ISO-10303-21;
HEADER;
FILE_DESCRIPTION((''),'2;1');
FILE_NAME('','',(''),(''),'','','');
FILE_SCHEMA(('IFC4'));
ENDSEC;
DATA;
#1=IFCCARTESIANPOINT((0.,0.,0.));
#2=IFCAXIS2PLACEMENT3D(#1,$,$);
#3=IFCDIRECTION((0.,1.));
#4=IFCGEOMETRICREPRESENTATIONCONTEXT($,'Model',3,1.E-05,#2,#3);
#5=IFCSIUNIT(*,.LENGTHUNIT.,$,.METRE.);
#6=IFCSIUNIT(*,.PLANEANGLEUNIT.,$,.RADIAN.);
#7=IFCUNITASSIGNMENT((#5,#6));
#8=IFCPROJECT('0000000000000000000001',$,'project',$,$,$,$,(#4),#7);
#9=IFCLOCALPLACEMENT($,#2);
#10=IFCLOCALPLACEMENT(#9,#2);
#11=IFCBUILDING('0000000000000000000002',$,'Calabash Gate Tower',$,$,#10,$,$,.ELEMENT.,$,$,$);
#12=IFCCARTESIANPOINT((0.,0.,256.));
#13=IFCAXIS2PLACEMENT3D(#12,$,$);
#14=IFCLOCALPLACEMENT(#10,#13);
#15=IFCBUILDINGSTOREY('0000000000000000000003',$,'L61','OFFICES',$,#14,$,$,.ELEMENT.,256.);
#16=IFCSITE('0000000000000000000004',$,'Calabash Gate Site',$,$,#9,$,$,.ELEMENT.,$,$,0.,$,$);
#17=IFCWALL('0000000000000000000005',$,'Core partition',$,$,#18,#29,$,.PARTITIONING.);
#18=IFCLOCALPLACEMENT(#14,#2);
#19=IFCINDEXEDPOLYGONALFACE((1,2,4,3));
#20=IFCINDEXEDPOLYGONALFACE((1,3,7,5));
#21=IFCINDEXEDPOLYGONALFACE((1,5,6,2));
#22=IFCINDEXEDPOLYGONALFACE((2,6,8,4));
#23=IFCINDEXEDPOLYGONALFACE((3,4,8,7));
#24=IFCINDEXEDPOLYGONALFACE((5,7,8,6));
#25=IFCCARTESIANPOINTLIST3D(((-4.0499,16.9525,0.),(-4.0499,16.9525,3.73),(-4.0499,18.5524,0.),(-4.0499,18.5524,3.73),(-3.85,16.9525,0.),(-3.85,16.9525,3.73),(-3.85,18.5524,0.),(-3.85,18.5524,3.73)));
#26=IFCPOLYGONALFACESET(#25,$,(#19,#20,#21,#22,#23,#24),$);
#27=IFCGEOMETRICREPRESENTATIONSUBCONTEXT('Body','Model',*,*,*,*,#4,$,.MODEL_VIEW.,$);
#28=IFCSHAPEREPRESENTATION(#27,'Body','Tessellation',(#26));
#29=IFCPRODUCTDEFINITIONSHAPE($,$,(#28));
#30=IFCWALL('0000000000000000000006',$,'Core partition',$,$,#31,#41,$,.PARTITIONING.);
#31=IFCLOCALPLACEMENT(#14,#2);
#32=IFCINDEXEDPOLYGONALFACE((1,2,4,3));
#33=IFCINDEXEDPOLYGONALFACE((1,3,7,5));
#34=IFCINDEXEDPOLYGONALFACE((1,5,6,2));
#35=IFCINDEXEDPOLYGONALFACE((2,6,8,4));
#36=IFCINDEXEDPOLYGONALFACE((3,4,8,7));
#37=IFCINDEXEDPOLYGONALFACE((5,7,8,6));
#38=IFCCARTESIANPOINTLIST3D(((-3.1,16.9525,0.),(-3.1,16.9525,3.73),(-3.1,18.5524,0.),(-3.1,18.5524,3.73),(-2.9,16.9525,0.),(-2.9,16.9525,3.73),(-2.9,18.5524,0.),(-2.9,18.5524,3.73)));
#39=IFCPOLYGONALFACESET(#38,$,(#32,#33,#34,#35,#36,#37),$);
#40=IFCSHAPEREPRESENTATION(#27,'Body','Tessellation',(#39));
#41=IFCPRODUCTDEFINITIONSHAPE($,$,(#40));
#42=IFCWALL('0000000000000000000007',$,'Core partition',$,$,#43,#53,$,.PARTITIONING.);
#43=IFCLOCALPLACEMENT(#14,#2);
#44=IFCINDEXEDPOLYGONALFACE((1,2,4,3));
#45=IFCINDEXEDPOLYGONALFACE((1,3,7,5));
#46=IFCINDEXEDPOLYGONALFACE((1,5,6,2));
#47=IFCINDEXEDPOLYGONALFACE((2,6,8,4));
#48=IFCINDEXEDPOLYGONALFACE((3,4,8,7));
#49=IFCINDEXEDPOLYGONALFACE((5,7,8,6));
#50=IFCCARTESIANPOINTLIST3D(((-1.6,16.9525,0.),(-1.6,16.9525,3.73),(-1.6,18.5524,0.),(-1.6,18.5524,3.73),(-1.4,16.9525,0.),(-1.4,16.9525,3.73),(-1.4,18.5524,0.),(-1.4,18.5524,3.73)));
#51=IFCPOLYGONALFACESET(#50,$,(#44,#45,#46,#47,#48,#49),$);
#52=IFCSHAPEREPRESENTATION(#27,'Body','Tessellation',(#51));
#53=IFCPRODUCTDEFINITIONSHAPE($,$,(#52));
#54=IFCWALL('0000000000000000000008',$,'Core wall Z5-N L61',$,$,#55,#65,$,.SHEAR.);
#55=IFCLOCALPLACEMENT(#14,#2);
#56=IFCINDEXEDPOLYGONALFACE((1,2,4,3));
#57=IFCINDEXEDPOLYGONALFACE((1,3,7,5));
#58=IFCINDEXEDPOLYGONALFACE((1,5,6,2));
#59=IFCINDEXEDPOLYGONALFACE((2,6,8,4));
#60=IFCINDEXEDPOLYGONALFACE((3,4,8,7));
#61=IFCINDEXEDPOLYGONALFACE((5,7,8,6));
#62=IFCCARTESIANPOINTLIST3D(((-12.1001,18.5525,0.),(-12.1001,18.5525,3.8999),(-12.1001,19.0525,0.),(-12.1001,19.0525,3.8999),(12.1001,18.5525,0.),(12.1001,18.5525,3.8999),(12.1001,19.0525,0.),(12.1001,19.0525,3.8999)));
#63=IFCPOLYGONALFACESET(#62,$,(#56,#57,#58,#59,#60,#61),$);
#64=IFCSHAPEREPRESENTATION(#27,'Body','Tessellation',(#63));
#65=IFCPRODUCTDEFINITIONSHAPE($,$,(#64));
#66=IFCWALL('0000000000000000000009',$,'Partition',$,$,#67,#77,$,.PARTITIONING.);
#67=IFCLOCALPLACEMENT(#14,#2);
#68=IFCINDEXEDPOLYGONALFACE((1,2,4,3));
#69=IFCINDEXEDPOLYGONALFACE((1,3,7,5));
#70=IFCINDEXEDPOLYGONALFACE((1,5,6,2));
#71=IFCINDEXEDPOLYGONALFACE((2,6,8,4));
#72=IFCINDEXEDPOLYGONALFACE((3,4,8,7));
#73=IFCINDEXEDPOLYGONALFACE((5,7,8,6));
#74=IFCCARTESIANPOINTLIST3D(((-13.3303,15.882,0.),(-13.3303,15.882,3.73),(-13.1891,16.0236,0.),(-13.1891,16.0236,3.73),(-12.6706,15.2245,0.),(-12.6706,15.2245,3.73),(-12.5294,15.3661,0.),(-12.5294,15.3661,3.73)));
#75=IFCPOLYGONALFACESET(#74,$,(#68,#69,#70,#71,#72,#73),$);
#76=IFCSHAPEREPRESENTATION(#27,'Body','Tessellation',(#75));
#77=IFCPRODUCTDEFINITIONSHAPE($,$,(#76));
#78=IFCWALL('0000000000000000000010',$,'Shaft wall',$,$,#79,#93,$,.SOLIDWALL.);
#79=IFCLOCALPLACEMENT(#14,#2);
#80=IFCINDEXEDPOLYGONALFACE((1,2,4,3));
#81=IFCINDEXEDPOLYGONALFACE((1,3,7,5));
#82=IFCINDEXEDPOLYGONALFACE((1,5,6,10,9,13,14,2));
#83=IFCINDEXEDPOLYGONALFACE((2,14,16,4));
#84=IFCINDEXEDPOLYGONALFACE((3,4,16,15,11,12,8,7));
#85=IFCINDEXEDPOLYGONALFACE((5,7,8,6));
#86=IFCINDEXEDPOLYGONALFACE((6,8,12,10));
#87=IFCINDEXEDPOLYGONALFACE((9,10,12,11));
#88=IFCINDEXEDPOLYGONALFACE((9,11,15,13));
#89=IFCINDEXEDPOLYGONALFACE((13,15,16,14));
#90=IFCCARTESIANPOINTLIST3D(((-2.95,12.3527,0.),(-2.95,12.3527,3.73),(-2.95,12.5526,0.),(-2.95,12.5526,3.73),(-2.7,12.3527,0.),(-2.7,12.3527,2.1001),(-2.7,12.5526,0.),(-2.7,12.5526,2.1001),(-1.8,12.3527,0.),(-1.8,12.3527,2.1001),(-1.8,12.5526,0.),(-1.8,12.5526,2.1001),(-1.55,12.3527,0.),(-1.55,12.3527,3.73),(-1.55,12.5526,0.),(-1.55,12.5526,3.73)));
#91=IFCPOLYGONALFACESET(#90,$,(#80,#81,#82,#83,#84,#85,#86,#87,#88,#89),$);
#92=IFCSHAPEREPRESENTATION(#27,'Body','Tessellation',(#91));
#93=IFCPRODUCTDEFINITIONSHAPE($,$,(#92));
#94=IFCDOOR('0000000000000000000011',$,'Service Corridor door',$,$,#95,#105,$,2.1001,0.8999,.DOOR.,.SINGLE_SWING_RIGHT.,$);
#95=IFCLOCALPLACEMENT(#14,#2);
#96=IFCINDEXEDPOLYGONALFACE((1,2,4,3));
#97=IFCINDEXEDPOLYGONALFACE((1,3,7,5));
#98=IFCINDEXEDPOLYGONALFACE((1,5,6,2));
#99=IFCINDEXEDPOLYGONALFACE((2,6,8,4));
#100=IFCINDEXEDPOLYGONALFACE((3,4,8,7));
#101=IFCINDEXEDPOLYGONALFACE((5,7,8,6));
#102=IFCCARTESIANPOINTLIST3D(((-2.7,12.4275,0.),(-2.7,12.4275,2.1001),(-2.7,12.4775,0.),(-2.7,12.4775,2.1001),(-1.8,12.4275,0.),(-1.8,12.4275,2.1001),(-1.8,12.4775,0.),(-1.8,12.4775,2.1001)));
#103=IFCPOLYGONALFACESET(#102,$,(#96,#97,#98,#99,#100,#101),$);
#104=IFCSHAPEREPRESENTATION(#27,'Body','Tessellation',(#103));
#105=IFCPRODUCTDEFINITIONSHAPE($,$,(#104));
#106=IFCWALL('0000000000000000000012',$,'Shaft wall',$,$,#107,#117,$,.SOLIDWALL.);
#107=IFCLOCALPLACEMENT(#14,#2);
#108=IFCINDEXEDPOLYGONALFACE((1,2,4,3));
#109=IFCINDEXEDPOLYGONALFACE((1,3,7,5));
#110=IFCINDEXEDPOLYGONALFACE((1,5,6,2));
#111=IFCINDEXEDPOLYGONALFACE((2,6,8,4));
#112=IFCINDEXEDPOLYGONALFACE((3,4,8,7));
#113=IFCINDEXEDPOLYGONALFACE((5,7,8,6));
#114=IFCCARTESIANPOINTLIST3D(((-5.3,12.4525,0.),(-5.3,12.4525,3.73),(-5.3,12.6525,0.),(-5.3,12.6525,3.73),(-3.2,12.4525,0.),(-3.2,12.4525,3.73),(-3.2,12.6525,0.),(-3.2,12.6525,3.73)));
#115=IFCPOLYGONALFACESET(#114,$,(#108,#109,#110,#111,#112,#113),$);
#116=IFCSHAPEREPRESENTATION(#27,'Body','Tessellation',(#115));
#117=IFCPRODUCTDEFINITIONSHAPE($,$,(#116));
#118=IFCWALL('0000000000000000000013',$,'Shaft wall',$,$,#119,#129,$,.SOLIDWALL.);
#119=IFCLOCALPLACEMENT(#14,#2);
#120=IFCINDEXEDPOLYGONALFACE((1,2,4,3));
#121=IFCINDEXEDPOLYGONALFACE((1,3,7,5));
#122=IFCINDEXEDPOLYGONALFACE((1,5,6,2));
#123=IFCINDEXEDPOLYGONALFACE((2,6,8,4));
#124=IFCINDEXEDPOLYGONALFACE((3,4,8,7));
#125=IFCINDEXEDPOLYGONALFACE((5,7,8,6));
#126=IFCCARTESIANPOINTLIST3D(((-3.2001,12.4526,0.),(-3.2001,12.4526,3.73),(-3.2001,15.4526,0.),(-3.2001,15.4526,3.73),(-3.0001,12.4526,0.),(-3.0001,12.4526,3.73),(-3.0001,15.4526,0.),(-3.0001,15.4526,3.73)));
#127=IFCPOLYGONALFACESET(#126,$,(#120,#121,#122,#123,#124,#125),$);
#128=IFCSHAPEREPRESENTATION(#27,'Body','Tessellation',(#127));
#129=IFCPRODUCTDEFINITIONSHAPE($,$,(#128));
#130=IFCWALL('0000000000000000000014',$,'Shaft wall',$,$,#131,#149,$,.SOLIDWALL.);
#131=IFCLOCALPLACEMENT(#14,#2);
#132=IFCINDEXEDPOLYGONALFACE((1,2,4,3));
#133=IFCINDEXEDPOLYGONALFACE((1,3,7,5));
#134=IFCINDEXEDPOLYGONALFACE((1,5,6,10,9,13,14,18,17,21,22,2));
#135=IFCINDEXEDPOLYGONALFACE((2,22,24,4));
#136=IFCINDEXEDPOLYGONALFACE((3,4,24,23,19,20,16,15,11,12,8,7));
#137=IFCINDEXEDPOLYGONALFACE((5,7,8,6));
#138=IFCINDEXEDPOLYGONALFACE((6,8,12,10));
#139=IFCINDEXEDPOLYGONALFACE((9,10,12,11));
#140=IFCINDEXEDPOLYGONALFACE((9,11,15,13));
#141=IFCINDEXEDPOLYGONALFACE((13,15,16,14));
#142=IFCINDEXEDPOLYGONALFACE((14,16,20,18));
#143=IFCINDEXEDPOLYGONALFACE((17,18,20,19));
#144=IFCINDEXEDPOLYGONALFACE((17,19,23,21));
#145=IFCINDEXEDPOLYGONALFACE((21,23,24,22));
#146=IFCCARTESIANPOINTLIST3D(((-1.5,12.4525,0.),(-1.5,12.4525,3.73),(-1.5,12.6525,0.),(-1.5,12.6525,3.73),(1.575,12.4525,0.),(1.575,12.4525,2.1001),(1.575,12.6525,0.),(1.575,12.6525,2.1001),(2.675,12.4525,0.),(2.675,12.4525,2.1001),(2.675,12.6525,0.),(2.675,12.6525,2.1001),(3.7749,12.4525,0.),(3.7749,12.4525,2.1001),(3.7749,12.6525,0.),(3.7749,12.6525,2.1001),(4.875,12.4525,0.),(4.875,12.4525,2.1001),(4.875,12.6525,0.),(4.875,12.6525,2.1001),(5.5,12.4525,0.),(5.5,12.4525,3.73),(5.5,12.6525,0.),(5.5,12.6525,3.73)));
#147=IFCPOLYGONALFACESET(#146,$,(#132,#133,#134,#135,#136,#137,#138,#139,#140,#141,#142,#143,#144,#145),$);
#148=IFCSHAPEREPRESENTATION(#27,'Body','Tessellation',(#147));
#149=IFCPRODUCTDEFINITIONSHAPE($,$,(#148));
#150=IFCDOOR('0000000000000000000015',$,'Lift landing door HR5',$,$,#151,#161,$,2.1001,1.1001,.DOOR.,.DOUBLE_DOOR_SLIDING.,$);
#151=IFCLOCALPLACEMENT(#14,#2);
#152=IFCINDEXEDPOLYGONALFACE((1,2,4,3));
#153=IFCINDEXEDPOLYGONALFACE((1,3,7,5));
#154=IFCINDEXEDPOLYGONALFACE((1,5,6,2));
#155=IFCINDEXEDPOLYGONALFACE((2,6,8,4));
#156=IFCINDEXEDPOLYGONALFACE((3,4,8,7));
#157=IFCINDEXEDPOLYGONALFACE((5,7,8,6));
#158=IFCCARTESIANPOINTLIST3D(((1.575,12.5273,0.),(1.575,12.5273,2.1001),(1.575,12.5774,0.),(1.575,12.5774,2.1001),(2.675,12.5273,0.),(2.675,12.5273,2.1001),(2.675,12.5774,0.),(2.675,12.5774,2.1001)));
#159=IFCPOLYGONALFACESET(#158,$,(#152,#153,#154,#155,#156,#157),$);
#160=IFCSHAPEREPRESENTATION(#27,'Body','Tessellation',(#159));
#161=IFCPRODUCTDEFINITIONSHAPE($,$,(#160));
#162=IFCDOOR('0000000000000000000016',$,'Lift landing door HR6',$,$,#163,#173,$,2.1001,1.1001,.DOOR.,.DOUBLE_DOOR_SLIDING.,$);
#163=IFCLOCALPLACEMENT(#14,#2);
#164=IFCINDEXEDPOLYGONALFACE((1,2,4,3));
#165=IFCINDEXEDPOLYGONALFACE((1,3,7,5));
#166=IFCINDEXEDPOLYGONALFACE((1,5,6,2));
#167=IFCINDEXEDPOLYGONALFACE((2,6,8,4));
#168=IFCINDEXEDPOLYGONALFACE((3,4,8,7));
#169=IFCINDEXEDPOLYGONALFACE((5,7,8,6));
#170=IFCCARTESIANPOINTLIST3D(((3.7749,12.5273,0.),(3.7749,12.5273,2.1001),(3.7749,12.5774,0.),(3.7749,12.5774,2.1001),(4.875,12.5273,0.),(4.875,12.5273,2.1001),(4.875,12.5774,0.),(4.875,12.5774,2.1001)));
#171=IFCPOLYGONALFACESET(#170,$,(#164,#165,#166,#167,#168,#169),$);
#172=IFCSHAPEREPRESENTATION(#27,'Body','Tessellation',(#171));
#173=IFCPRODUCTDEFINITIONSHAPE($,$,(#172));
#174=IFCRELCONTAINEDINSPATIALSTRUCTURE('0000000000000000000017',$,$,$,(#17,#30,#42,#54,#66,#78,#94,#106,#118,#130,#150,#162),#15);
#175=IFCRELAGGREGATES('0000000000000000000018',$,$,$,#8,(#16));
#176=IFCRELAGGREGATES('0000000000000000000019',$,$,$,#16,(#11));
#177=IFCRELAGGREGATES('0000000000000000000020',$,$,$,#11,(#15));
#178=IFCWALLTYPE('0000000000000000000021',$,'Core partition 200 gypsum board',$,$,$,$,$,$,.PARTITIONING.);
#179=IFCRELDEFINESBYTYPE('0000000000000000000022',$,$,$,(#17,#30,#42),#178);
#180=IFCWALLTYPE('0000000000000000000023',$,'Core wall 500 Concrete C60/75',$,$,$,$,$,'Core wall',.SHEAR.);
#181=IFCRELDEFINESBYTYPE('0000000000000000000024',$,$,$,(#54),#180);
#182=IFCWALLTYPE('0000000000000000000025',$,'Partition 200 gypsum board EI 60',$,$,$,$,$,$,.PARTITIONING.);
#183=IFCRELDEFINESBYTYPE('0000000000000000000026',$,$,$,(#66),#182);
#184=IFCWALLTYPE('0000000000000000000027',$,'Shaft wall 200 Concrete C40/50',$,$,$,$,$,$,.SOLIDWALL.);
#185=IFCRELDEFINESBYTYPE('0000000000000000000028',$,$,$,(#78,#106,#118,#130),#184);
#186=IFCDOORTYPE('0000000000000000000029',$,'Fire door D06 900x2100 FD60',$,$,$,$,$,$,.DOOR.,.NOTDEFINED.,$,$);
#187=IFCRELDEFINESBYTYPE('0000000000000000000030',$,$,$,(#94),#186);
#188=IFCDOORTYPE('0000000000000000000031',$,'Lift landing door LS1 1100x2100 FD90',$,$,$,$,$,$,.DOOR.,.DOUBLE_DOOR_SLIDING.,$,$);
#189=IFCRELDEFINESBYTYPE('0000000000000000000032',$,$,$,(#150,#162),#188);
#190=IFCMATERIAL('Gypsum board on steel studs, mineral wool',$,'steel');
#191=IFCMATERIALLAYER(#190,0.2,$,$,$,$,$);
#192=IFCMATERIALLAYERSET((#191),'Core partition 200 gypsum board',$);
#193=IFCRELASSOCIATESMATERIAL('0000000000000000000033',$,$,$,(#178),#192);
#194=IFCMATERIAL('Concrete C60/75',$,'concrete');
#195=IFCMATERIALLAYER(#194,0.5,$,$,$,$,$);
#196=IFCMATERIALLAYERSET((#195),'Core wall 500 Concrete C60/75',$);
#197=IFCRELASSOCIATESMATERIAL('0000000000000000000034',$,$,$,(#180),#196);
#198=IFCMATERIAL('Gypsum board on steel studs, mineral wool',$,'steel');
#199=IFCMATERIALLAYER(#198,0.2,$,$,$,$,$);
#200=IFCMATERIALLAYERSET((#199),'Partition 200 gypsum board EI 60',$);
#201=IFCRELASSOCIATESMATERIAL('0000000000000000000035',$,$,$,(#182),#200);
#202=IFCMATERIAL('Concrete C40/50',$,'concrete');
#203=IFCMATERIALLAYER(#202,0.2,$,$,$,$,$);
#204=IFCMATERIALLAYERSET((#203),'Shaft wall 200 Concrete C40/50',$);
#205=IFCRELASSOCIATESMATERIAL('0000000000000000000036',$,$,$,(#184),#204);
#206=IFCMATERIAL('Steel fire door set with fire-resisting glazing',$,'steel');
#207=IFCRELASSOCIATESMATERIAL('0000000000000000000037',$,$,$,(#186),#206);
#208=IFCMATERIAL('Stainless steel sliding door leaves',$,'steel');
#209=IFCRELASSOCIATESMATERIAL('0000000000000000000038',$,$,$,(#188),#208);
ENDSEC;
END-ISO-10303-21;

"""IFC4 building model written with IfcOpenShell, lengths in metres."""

from ifc_helpers import new_model, si_unit, direction, frame, frame_2d, origin, place, context, subcontext, project, spatial, rectangle, extrude, material, layer, layer_set, type_object, element, fill, save


model = new_model("IFC4")

# Units and contexts
model_context = context("Model", 3, precision=1e-05, world=origin(), true_north=direction((0.0, 1.0)))
body_context = subcontext(model_context, "Body", "Model", "MODEL_VIEW")
ifc_project = project(units=[si_unit("LENGTHUNIT", "METRE"), si_unit("PLANEANGLEUNIT", "RADIAN")], contexts=[model_context])

# Site, building, storey
site_placement = place(None, origin())
site = spatial("IfcSite", under=ifc_project, at=site_placement, Name="Calabash Gate Site", CompositionType="ELEMENT", RefElevation=0.0)
building_placement = place(site_placement, origin())
building = spatial("IfcBuilding", under=site, at=building_placement, Name="Calabash Gate Tower", CompositionType="ELEMENT")
storey_placement = place(building_placement, frame((0.0, 0.0, 256.0)))
storey = spatial("IfcBuildingStorey", under=building, at=storey_placement, Name="L61", Description="OFFICES", CompositionType="ELEMENT", Elevation=256.0)

# Walls
ifc_material_1 = material(Name="Gypsum board on steel studs, mineral wool", Category="steel")
ifc_layer_1 = layer(ifc_material_1, 0.2)
ifc_layer_set_1 = layer_set([ifc_layer_1], Name="Core partition 200 gypsum board")
wall_type_1 = type_object("IfcWallType", Name="Core partition 200 gypsum board", PredefinedType="PARTITIONING", material=ifc_layer_set_1)
for number, where, z_axis, x_axis, name in (
    (1, (-3.95, 16.9526, 0.0), (0.0, 0.0, 1.0), (0.0, 1.0, 0.0), "Core partition"),
    (2, (-3.0, 16.9526, 0.0), (0.0, 0.0, 1.0), (0.0, 1.0, 0.0), "Core partition"),
    (3, (-1.5, 16.9526, 0.0), (0.0, 0.0, 1.0), (0.0, 1.0, 0.0), "Core partition"),
):
    element("IfcWall", number, at=place(storey_placement, frame(where, z_axis=z_axis, x_axis=x_axis)), inside=storey, type_object=wall_type_1, Name=name, PredefinedType="PARTITIONING", context=body_context, shape_type="SweptSolid", body=[
        extrude(rectangle(XDim=1.5999, YDim=0.2, at=frame_2d((0.7998, 0.0))), origin(), (0.0, 0.0, 1.0), 3.73),
    ])
ifc_material_2 = material(Name="Concrete C60/75", Category="concrete")
ifc_layer_2 = layer(ifc_material_2, 0.5)
ifc_layer_set_2 = layer_set([ifc_layer_2], Name="Core wall 500 Concrete C60/75")
wall_type_2 = type_object("IfcWallType", Name="Core wall 500 Concrete C60/75", ElementType="Core wall", PredefinedType="SHEAR", material=ifc_layer_set_2)
wall_1_placement = place(storey_placement, frame((-12.1001, 18.8025, 0.0), z_axis=(0.0, 0.0, 1.0), x_axis=(1.0, 0.0, 0.0)))
element("IfcWall", 4, at=wall_1_placement, inside=storey, type_object=wall_type_2, Name="Core wall Z5-N L61", PredefinedType="SHEAR", context=body_context, shape_type="SweptSolid", body=[
    extrude(rectangle(XDim=24.2002, YDim=0.5, at=frame_2d((12.1001, 0.0))), origin(), (0.0, 0.0, 1.0), 3.8999),
])
ifc_material_3 = material(Name="Gypsum board on steel studs, mineral wool", Category="steel")
ifc_layer_3 = layer(ifc_material_3, 0.2)
ifc_layer_set_3 = layer_set([ifc_layer_3], Name="Partition 200 gypsum board EI 60")
wall_type_3 = type_object("IfcWallType", Name="Partition 200 gypsum board EI 60", PredefinedType="PARTITIONING", material=ifc_layer_set_3)
wall_2_placement = place(storey_placement, frame((-13.2598, 15.9529, 0.0), z_axis=(0.0, 0.0, 1.0), x_axis=(0.708285, -0.705926, 0.0)))
element("IfcWall", 5, at=wall_2_placement, inside=storey, type_object=wall_type_3, Name="Partition", PredefinedType="PARTITIONING", context=body_context, shape_type="SweptSolid", body=[
    extrude(rectangle(XDim=0.9314, YDim=0.2, at=frame_2d((0.4658, 0.0))), origin(), (0.0, 0.0, 1.0), 3.73),
])

# Wall, opening, door
ifc_material_4 = material(Name="Concrete C40/50", Category="concrete")
ifc_layer_4 = layer(ifc_material_4, 0.2)
ifc_layer_set_4 = layer_set([ifc_layer_4], Name="Shaft wall 200 Concrete C40/50")
wall_type_4 = type_object("IfcWallType", Name="Shaft wall 200 Concrete C40/50", PredefinedType="SOLIDWALL", material=ifc_layer_set_4)
wall_3_placement = place(storey_placement, frame((-2.95, 12.4526, 0.0), z_axis=(0.0, 0.0, 1.0), x_axis=(1.0, 0.0, 0.0)))
wall_3 = element("IfcWall", 6, at=wall_3_placement, inside=storey, type_object=wall_type_4, Name="Shaft wall", PredefinedType="SOLIDWALL", context=body_context, shape_type="SweptSolid", body=[
    extrude(rectangle(XDim=1.3999, YDim=0.2, at=frame_2d((0.7, 0.0))), origin(), (0.0, 0.0, 1.0), 3.73),
])
opening_1_placement = place(wall_3_placement, frame((0.25, 0.0, 0.0)))
opening_1 = element("IfcOpeningElement", 7, at=opening_1_placement, cuts=wall_3, PredefinedType="OPENING", context=body_context, shape_type="SweptSolid", body=[
    extrude(rectangle(XDim=0.8999, YDim=2.1001, at=frame_2d((0.45, 1.05))), frame((0.0, 0.1099, 0.0), z_axis=(0.0, -1.0, 0.0), x_axis=(1.0, 0.0, 0.0)), (0.0, 0.0, 1.0), 0.22),
])
ifc_material_5 = material(Name="Steel fire door set with fire-resisting glazing", Category="steel")
door_type_1 = type_object("IfcDoorType", Name="Fire door D06 900x2100 FD60", OperationType="NOTDEFINED", PredefinedType="DOOR", material=ifc_material_5)
door_1_placement = place(opening_1_placement, origin())
door_1 = element("IfcDoor", 8, at=door_1_placement, inside=storey, type_object=door_type_1, Name="Service Corridor door", OperationType="SINGLE_SWING_RIGHT", OverallHeight=2.1001, OverallWidth=0.8999, PredefinedType="DOOR", context=body_context, shape_type="SweptSolid", body=[
    extrude(rectangle(XDim=0.8999, YDim=2.1001, at=frame_2d((0.45, 1.05))), frame((0.0, 0.0249, 0.0), z_axis=(0.0, -1.0, 0.0), x_axis=(1.0, 0.0, 0.0)), (0.0, 0.0, 1.0), 0.05),
])
fill(opening_1, door_1)

# Walls
wall_4_placement = place(storey_placement, frame((-5.3, 12.5525, 0.0), z_axis=(0.0, 0.0, 1.0), x_axis=(1.0, 0.0, 0.0)))
element("IfcWall", 9, at=wall_4_placement, inside=storey, type_object=wall_type_4, Name="Shaft wall", PredefinedType="SOLIDWALL", context=body_context, shape_type="SweptSolid", body=[
    extrude(rectangle(XDim=2.1001, YDim=0.2, at=frame_2d((1.05, 0.0))), origin(), (0.0, 0.0, 1.0), 3.73),
])
wall_5_placement = place(storey_placement, frame((-3.1001, 12.4526, 0.0), z_axis=(0.0, 0.0, 1.0), x_axis=(0.0, 1.0, 0.0)))
element("IfcWall", 10, at=wall_5_placement, inside=storey, type_object=wall_type_4, Name="Shaft wall", PredefinedType="SOLIDWALL", context=body_context, shape_type="SweptSolid", body=[
    extrude(rectangle(XDim=3.0, YDim=0.2, at=frame_2d((1.5, 0.0))), origin(), (0.0, 0.0, 1.0), 3.73),
])

# Wall, openings, doors
wall_6_placement = place(storey_placement, frame((-1.5, 12.5525, 0.0), z_axis=(0.0, 0.0, 1.0), x_axis=(1.0, 0.0, 0.0)))
wall_6 = element("IfcWall", 11, at=wall_6_placement, inside=storey, type_object=wall_type_4, Name="Shaft wall", PredefinedType="SOLIDWALL", context=body_context, shape_type="SweptSolid", body=[
    extrude(rectangle(XDim=7.0, YDim=0.2, at=frame_2d((3.5, 0.0))), origin(), (0.0, 0.0, 1.0), 3.73),
])
opening_2_placement = place(wall_6_placement, frame((3.075, 0.0, 0.0)))
opening_2 = element("IfcOpeningElement", 12, at=opening_2_placement, cuts=wall_6, PredefinedType="OPENING", context=body_context, shape_type="SweptSolid", body=[
    extrude(rectangle(XDim=1.1001, YDim=2.1001, at=frame_2d((0.55, 1.05))), frame((0.0, 0.1099, 0.0), z_axis=(0.0, -1.0, 0.0), x_axis=(1.0, 0.0, 0.0)), (0.0, 0.0, 1.0), 0.22),
])
opening_3_placement = place(wall_6_placement, frame((5.2749, 0.0, 0.0)))
opening_3 = element("IfcOpeningElement", 13, at=opening_3_placement, cuts=wall_6, PredefinedType="OPENING", context=body_context, shape_type="SweptSolid", body=[
    extrude(rectangle(XDim=1.1001, YDim=2.1001, at=frame_2d((0.55, 1.05))), frame((0.0, 0.1099, 0.0), z_axis=(0.0, -1.0, 0.0), x_axis=(1.0, 0.0, 0.0)), (0.0, 0.0, 1.0), 0.22),
])
ifc_material_6 = material(Name="Stainless steel sliding door leaves", Category="steel")
door_type_2 = type_object("IfcDoorType", Name="Lift landing door LS1 1100x2100 FD90", OperationType="DOUBLE_DOOR_SLIDING", PredefinedType="DOOR", material=ifc_material_6)
door_2_placement = place(opening_2_placement, origin())
door_2 = element("IfcDoor", 14, at=door_2_placement, inside=storey, type_object=door_type_2, Name="Lift landing door HR5", OperationType="DOUBLE_DOOR_SLIDING", OverallHeight=2.1001, OverallWidth=1.1001, PredefinedType="DOOR", context=body_context, shape_type="SweptSolid", body=[
    extrude(rectangle(XDim=1.1001, YDim=2.1001, at=frame_2d((0.55, 1.05))), frame((0.0, 0.0249, 0.0), z_axis=(0.0, -1.0, 0.0), x_axis=(1.0, 0.0, 0.0)), (0.0, 0.0, 1.0), 0.05),
])
fill(opening_2, door_2)
door_3_placement = place(opening_3_placement, origin())
door_3 = element("IfcDoor", 15, at=door_3_placement, inside=storey, type_object=door_type_2, Name="Lift landing door HR6", OperationType="DOUBLE_DOOR_SLIDING", OverallHeight=2.1001, OverallWidth=1.1001, PredefinedType="DOOR", context=body_context, shape_type="SweptSolid", body=[
    extrude(rectangle(XDim=1.1001, YDim=2.1001, at=frame_2d((0.55, 1.05))), frame((0.0, 0.0249, 0.0), z_axis=(0.0, -1.0, 0.0), x_axis=(1.0, 0.0, 0.0)), (0.0, 0.0, 1.0), 0.05),
])
fill(opening_3, door_3)

save(model, "model.ifc")
